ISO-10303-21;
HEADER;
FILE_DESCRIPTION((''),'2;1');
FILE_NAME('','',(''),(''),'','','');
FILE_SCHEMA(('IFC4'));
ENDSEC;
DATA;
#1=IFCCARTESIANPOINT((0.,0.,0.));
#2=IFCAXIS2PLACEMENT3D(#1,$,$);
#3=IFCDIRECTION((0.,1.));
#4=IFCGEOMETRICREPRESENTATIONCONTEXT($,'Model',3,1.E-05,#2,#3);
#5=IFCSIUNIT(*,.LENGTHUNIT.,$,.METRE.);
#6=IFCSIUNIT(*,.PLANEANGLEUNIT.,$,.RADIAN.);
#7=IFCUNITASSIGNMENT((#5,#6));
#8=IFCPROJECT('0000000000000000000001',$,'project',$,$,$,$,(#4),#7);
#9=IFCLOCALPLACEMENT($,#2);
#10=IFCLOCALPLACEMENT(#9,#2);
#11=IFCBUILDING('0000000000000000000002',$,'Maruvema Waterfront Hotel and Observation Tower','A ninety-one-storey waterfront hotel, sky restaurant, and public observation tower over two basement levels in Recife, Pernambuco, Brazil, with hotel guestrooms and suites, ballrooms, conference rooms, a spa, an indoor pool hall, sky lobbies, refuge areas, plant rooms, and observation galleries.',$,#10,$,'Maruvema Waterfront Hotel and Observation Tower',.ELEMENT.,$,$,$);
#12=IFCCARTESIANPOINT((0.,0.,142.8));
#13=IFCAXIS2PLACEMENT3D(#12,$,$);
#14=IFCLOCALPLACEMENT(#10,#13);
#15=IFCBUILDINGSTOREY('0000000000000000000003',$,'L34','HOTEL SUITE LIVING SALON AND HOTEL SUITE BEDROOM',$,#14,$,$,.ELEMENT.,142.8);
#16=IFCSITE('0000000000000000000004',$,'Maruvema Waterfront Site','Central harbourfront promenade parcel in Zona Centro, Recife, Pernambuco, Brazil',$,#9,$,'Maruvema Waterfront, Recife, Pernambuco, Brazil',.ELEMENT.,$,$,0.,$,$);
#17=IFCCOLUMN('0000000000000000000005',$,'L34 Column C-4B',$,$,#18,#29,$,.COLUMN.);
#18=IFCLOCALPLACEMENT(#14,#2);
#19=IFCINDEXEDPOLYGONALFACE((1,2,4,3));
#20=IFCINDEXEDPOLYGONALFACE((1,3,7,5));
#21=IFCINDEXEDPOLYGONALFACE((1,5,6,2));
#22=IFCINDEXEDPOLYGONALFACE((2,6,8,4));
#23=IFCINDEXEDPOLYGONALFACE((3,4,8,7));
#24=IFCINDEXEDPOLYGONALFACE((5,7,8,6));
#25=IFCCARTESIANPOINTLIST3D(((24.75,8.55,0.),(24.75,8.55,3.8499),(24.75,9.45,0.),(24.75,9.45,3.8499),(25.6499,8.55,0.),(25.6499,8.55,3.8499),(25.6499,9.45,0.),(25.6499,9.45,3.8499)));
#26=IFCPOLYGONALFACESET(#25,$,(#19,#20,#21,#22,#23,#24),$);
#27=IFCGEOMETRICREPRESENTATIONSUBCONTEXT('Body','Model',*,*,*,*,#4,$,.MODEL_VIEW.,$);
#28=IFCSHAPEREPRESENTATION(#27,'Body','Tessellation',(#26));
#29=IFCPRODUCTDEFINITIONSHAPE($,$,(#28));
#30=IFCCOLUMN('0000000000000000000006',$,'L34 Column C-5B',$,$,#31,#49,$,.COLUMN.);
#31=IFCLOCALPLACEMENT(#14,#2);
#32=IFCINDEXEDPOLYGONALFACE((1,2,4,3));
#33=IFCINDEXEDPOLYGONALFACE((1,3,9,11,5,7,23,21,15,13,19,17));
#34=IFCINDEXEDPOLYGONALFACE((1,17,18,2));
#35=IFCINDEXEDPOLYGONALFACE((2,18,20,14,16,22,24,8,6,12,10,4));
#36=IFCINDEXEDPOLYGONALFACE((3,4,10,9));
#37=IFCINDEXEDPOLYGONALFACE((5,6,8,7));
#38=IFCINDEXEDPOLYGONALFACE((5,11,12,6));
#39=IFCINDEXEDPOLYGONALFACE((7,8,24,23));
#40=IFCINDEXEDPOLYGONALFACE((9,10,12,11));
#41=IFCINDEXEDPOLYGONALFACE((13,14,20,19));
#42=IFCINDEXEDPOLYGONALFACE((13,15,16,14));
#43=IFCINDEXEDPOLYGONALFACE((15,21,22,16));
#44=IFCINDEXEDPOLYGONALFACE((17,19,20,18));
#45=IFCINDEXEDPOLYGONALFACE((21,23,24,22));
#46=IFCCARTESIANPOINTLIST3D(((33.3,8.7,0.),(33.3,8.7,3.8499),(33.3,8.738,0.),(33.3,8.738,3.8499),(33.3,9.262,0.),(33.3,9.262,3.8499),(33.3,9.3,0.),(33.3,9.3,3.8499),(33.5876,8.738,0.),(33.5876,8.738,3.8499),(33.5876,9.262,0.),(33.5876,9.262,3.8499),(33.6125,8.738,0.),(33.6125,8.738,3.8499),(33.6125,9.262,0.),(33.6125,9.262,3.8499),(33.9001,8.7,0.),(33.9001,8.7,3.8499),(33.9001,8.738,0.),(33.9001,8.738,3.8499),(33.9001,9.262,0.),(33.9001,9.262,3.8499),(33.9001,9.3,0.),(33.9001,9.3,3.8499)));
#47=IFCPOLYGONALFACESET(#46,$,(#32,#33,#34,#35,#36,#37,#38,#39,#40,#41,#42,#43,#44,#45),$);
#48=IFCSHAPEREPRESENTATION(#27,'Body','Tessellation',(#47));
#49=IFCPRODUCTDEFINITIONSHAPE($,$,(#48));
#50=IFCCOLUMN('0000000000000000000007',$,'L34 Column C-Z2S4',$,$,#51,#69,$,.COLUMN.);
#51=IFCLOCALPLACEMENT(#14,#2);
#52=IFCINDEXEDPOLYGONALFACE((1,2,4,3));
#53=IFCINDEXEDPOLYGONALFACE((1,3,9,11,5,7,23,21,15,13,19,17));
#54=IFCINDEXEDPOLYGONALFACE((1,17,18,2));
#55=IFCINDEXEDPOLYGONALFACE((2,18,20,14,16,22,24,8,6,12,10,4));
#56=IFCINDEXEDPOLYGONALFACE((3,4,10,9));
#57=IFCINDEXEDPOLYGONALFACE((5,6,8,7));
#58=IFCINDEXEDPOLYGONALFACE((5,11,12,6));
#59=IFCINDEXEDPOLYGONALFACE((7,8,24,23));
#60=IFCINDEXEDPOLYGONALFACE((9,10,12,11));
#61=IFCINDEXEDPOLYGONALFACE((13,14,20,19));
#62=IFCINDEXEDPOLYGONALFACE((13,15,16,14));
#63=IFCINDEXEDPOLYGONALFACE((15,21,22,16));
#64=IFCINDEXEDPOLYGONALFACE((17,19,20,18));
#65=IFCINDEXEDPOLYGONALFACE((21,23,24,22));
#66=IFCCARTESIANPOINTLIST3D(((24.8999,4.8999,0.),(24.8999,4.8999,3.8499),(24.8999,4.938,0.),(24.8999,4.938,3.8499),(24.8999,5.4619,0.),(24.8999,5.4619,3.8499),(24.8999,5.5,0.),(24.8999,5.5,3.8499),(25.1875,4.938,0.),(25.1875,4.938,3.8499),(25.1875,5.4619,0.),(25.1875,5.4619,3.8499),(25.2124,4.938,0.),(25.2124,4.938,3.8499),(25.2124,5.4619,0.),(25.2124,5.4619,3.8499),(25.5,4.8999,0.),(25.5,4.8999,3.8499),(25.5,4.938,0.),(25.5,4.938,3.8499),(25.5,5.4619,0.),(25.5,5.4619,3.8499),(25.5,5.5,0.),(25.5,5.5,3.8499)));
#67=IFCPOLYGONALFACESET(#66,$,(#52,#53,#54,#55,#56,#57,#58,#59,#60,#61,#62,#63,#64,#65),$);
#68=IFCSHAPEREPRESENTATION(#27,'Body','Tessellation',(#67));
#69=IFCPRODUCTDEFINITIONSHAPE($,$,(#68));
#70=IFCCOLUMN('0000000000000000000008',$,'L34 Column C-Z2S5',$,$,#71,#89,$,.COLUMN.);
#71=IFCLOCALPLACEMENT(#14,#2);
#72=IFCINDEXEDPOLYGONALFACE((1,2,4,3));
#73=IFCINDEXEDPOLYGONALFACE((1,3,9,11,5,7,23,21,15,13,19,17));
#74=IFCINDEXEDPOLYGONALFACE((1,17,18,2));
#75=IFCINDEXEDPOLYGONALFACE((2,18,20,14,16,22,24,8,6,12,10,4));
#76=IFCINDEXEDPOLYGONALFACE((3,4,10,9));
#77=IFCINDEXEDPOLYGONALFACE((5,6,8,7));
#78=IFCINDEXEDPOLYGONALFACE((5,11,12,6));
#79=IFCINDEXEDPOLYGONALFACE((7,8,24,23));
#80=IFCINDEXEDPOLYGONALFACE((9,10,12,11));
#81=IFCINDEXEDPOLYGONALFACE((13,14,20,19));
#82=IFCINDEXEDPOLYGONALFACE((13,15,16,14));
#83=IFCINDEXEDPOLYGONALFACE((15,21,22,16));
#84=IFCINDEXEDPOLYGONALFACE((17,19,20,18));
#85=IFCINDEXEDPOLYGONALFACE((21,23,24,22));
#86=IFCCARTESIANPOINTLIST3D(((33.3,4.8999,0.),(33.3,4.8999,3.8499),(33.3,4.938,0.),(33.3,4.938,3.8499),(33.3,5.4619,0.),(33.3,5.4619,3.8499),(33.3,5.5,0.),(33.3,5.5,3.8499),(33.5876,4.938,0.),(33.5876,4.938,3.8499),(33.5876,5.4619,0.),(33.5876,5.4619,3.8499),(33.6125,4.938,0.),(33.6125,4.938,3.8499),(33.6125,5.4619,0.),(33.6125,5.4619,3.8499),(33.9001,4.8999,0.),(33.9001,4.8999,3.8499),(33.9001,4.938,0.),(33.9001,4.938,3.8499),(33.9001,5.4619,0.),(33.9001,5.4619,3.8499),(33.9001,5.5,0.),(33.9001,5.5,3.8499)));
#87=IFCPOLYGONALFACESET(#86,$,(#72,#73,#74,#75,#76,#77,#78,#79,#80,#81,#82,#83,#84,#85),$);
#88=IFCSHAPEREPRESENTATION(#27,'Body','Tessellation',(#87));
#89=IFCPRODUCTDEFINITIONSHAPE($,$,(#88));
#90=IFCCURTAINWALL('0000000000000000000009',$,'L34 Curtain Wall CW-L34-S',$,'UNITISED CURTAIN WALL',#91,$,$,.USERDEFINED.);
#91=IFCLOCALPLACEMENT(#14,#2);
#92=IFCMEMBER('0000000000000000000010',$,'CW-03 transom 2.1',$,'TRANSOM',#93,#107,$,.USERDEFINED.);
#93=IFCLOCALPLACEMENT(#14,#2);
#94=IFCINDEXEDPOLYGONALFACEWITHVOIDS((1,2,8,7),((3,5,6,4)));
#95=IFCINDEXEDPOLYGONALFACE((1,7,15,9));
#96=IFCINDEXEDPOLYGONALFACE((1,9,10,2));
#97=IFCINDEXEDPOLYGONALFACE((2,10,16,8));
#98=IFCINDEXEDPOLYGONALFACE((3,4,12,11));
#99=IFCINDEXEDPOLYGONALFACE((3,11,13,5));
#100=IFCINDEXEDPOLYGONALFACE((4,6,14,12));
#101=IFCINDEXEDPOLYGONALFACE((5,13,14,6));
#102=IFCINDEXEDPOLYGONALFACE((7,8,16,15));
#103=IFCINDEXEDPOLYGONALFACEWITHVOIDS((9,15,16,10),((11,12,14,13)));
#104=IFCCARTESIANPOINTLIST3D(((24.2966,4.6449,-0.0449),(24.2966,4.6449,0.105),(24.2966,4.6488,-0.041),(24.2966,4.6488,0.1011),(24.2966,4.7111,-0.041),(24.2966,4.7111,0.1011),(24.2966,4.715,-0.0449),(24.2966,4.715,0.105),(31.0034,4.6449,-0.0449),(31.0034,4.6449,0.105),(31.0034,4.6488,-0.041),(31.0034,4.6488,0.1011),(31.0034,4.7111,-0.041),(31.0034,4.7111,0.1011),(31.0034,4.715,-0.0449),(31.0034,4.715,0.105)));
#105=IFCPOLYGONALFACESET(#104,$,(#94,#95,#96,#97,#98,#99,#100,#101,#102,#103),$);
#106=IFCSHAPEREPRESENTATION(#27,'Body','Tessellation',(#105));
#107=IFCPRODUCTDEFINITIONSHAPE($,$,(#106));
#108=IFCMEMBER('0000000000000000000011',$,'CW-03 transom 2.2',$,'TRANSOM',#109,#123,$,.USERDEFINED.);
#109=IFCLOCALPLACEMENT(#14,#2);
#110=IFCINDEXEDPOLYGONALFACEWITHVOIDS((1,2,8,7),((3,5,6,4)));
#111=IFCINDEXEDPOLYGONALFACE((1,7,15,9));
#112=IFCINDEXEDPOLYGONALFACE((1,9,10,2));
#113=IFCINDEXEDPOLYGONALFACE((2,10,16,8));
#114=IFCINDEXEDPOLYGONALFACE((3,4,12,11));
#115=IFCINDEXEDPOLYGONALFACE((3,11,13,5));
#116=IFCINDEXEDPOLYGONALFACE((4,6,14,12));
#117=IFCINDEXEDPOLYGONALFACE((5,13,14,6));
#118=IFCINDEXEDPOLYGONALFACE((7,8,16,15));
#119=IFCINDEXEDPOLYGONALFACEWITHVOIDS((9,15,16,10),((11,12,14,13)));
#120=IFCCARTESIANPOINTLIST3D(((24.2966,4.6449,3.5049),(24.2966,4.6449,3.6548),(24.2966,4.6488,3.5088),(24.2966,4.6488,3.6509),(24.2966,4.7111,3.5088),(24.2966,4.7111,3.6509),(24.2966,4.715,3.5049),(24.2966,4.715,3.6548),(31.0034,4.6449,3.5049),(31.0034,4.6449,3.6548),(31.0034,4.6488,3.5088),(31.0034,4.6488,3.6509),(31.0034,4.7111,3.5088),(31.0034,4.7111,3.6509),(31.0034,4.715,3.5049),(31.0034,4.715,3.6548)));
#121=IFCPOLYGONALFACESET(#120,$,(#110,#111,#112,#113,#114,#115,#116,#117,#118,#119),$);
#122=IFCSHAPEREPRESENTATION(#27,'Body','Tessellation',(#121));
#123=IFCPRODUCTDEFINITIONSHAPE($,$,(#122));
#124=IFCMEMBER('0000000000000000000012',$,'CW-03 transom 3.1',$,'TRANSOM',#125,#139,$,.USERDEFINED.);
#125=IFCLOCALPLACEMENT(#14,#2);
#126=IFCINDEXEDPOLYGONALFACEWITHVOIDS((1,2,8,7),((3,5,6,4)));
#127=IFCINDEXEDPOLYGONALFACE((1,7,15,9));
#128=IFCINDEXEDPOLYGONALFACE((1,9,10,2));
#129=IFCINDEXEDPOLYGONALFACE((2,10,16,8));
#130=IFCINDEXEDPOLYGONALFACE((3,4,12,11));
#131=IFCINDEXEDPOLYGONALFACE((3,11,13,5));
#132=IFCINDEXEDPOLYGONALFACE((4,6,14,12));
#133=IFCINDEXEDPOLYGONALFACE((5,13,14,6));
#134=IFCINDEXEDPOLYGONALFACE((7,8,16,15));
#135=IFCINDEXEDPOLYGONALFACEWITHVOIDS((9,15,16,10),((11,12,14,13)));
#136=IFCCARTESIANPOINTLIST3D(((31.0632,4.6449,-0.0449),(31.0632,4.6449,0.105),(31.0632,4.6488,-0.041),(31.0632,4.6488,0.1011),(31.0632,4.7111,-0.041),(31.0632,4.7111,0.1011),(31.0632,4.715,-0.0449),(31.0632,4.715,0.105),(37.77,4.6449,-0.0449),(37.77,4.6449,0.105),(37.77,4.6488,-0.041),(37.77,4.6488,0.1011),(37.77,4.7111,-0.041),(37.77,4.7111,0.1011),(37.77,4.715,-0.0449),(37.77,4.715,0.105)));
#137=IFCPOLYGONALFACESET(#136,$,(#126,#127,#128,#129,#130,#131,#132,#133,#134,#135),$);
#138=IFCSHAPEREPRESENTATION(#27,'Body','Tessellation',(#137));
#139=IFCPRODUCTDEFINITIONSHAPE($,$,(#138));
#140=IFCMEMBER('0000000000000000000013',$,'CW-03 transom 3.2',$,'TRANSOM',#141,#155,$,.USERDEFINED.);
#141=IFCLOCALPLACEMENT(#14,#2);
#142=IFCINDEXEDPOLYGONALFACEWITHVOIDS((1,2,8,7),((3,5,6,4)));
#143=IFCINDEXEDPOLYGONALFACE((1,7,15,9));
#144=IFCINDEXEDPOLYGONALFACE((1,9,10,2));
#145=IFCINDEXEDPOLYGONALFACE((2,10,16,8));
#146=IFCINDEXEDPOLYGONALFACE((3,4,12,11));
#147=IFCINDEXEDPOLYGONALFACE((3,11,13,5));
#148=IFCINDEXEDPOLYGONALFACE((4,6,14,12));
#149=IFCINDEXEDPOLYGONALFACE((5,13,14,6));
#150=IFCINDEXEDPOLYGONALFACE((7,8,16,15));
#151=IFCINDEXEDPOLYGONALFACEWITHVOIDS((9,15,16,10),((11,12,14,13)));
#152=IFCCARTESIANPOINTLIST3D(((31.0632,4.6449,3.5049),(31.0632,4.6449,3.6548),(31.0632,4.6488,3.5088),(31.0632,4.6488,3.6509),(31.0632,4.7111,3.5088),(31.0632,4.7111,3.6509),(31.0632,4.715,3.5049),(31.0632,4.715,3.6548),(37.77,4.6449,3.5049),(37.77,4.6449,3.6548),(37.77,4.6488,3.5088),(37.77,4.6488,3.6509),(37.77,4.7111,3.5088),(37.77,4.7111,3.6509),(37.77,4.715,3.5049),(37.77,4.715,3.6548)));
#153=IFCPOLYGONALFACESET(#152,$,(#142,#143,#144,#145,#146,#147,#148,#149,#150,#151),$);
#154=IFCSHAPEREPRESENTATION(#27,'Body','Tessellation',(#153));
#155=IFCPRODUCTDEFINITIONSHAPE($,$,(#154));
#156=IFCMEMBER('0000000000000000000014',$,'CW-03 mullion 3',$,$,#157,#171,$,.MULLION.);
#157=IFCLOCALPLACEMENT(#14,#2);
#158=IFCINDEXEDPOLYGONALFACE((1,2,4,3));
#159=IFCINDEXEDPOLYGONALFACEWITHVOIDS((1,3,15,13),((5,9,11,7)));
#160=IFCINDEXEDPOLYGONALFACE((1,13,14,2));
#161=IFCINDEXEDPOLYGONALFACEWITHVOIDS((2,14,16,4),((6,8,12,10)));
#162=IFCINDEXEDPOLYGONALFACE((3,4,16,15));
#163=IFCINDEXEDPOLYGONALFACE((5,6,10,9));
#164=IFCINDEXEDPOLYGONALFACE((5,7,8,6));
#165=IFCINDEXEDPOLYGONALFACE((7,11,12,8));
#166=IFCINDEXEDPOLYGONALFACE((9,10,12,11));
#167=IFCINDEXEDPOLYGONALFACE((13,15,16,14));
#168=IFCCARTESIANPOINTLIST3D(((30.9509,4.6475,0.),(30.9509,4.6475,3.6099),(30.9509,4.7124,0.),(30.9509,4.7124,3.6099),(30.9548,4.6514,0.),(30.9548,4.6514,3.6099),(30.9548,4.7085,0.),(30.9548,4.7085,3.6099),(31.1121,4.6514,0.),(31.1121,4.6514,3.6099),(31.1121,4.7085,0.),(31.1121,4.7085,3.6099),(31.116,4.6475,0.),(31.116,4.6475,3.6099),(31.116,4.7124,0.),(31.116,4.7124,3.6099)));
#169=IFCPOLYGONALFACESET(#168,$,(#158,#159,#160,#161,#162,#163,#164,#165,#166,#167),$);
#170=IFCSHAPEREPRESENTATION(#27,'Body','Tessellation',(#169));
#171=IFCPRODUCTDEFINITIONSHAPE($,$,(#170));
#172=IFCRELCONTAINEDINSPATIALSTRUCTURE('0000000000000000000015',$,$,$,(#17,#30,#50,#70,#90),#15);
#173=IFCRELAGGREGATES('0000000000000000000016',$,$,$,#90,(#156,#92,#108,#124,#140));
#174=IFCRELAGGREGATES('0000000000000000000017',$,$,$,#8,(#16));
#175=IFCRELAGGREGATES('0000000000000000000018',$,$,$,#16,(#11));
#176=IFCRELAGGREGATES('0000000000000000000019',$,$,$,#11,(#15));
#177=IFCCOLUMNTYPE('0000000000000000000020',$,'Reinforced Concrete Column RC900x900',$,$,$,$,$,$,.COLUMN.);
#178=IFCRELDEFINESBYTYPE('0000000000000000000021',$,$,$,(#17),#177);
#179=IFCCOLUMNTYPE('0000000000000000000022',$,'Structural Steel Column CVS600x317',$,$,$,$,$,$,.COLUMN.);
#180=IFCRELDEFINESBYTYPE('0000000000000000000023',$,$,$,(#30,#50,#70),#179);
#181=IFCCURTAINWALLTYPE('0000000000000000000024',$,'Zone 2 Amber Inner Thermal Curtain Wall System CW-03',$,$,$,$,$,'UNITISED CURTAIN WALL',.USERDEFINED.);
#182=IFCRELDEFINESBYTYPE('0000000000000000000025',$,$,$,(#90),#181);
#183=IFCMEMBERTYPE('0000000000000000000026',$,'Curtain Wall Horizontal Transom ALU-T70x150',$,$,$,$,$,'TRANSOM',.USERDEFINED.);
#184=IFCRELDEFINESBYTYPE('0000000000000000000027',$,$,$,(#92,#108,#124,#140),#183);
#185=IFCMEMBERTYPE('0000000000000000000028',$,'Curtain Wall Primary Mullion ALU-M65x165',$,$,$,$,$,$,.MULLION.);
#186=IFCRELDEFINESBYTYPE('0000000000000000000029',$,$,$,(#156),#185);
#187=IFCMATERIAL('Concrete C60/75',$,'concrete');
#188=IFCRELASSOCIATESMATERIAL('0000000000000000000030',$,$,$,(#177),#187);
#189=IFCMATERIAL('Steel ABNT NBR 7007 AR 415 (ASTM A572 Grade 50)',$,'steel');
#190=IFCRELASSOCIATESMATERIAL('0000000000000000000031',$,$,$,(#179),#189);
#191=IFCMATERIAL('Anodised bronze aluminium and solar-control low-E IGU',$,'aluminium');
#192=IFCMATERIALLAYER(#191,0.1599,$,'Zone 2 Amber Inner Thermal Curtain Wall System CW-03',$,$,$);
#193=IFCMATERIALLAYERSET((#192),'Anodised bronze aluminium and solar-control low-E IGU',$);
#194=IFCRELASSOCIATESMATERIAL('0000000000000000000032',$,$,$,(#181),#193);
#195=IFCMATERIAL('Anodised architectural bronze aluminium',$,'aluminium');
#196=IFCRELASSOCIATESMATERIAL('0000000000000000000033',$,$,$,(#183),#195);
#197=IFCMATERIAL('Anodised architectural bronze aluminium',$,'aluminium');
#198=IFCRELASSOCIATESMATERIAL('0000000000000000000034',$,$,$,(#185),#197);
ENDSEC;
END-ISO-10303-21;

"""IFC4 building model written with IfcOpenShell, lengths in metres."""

from ifc_helpers import new_model, si_unit, direction, frame, origin, origin_2d, place, context, subcontext, project, spatial, rectangle, hollow_rectangle, i_section, extrude, material, layer, layer_set, material_profile, profile_set, type_object, element, aggregate, save


model = new_model("IFC4")

# Units and contexts
model_context = context("Model", 3, precision=1e-05, world=origin(), true_north=direction((0.0, 1.0)))
body_context = subcontext(model_context, "Body", "Model", "MODEL_VIEW")
ifc_project = project(units=[si_unit("LENGTHUNIT", "METRE"), si_unit("PLANEANGLEUNIT", "RADIAN")], contexts=[model_context])

# Site, building, storey
site_placement = place(None, origin())
site = spatial("IfcSite", under=ifc_project, at=site_placement, Name="Maruvema Waterfront Site", Description="Central harbourfront promenade parcel in Zona Centro, Recife, Pernambuco, Brazil", LongName="Maruvema Waterfront, Recife, Pernambuco, Brazil", CompositionType="ELEMENT", RefElevation=0.0)
building_placement = place(site_placement, origin())
building = spatial("IfcBuilding", under=site, at=building_placement, Name="Maruvema Waterfront Hotel and Observation Tower", Description="A ninety-one-storey waterfront hotel, sky restaurant, and public observation tower over two basement levels in Recife, Pernambuco, Brazil, with hotel guestrooms and suites, ballrooms, conference rooms, a spa, an indoor pool hall, sky lobbies, refuge areas, plant rooms, and observation galleries.", LongName="Maruvema Waterfront Hotel and Observation Tower", CompositionType="ELEMENT")
storey_placement = place(building_placement, frame((0.0, 0.0, 142.8)))
storey = spatial("IfcBuildingStorey", under=building, at=storey_placement, Name="L34", Description="HOTEL SUITE LIVING SALON AND HOTEL SUITE BEDROOM", CompositionType="ELEMENT", Elevation=142.8)

# Columns
ifc_material_1 = material(Name="Concrete C60/75", Category="concrete")
ifc_material_profile_1 = material_profile(ifc_material_1, rectangle(XDim=0.8999, YDim=0.8999, at=origin_2d()), Name="RC900x900")
ifc_profile_set_1 = profile_set([ifc_material_profile_1], Name="Concrete C60/75")
column_type_1 = type_object("IfcColumnType", Name="Reinforced Concrete Column RC900x900", PredefinedType="COLUMN", material=ifc_profile_set_1)
column_placement = place(storey_placement, frame((25.2, 9.0, 0.0), z_axis=(0.0, 0.0, 1.0), x_axis=(1.0, 0.0, 0.0)))
element("IfcColumn", 1, at=column_placement, inside=storey, type_object=column_type_1, Name="L34 Column C-4B", PredefinedType="COLUMN", context=body_context, shape_type="SweptSolid", body=[
    extrude(rectangle(XDim=0.8999, YDim=0.8999, at=origin_2d()), origin(), (0.0, 0.0, 1.0), 3.8499),
])
ifc_material_2 = material(Name="Steel ABNT NBR 7007 AR 415 (ASTM A572 Grade 50)", Category="steel")
ifc_material_profile_2 = material_profile(ifc_material_2, i_section(OverallWidth=0.6001, OverallDepth=0.6001, WebThickness=0.0249, FlangeThickness=0.0381, at=origin_2d()), Name="CVS600x317")
ifc_profile_set_2 = profile_set([ifc_material_profile_2], Name="Steel ABNT NBR 7007 AR 415 (ASTM A572 Grade 50)")
column_type_2 = type_object("IfcColumnType", Name="Structural Steel Column CVS600x317", PredefinedType="COLUMN", material=ifc_profile_set_2)
for number, where, z_axis, x_axis, name in (
    (2, (33.6001, 9.0, 0.0), (0.0, 0.0, 1.0), (1.0, 0.0, 0.0), "L34 Column C-5B"),
    (3, (25.2, 5.2, 0.0), (0.0, 0.0, 1.0), (1.0, 0.0, 0.0), "L34 Column C-Z2S4"),
    (4, (33.6001, 5.2, 0.0), (0.0, 0.0, 1.0), (1.0, 0.0, 0.0), "L34 Column C-Z2S5"),
):
    element("IfcColumn", number, at=place(storey_placement, frame(where, z_axis=z_axis, x_axis=x_axis)), inside=storey, type_object=column_type_2, Name=name, PredefinedType="COLUMN", context=body_context, shape_type="SweptSolid", body=[
        extrude(i_section(OverallWidth=0.6001, OverallDepth=0.6001, WebThickness=0.0249, FlangeThickness=0.0381, at=origin_2d()), origin(), (0.0, 0.0, 1.0), 3.8499),
    ])

# Curtain wall, members
ifc_material_3 = material(Name="Anodised bronze aluminium and solar-control low-E IGU", Category="aluminium")
ifc_layer_1 = layer(ifc_material_3, 0.1599, Name="Zone 2 Amber Inner Thermal Curtain Wall System CW-03")
ifc_layer_set_1 = layer_set([ifc_layer_1], Name="Anodised bronze aluminium and solar-control low-E IGU")
curtain_wall_type = type_object("IfcCurtainWallType", Name="Zone 2 Amber Inner Thermal Curtain Wall System CW-03", ElementType="UNITISED CURTAIN WALL", PredefinedType="USERDEFINED", material=ifc_layer_set_1)
curtain_wall_placement = place(storey_placement, origin())
curtain_wall = element("IfcCurtainWall", 5, at=curtain_wall_placement, inside=storey, type_object=curtain_wall_type, Name="L34 Curtain Wall CW-L34-S", ObjectType="UNITISED CURTAIN WALL", PredefinedType="USERDEFINED")
ifc_material_4 = material(Name="Anodised architectural bronze aluminium", Category="aluminium")
ifc_material_profile_3 = material_profile(ifc_material_4, hollow_rectangle(XDim=0.0701, YDim=0.1499, WallThickness=0.0039, at=origin_2d()), Name="ALU-T70x150")
ifc_profile_set_3 = profile_set([ifc_material_profile_3], Name="Anodised architectural bronze aluminium")
member_type_1 = type_object("IfcMemberType", Name="Curtain Wall Horizontal Transom ALU-T70x150", ElementType="TRANSOM", PredefinedType="USERDEFINED", material=ifc_profile_set_3)
member_1_placement = place(storey_placement, frame((24.2966, 4.6799, 0.03), z_axis=(1.0, 0.0, 0.0), x_axis=(0.0, 1.0, 0.0)))
member_1 = element("IfcMember", 6, at=member_1_placement, type_object=member_type_1, Name="CW-03 transom 2.1", ObjectType="TRANSOM", PredefinedType="USERDEFINED", context=body_context, shape_type="SweptSolid", body=[
    extrude(hollow_rectangle(XDim=0.0701, YDim=0.1499, WallThickness=0.0039, at=origin_2d()), origin(), (0.0, 0.0, 1.0), 6.7068),
])
member_2_placement = place(storey_placement, frame((24.2966, 4.6799, 3.5798), z_axis=(1.0, 0.0, 0.0), x_axis=(0.0, 1.0, 0.0)))
member_2 = element("IfcMember", 7, at=member_2_placement, type_object=member_type_1, Name="CW-03 transom 2.2", ObjectType="TRANSOM", PredefinedType="USERDEFINED", context=body_context, shape_type="SweptSolid", body=[
    extrude(hollow_rectangle(XDim=0.0701, YDim=0.1499, WallThickness=0.0039, at=origin_2d()), origin(), (0.0, 0.0, 1.0), 6.7068),
])
member_3_placement = place(storey_placement, frame((31.0632, 4.6799, 0.03), z_axis=(1.0, 0.0, 0.0), x_axis=(0.0, 1.0, 0.0)))
member_3 = element("IfcMember", 8, at=member_3_placement, type_object=member_type_1, Name="CW-03 transom 3.1", ObjectType="TRANSOM", PredefinedType="USERDEFINED", context=body_context, shape_type="SweptSolid", body=[
    extrude(hollow_rectangle(XDim=0.0701, YDim=0.1499, WallThickness=0.0039, at=origin_2d()), origin(), (0.0, 0.0, 1.0), 6.7068),
])
member_4_placement = place(storey_placement, frame((31.0632, 4.6799, 3.5798), z_axis=(1.0, 0.0, 0.0), x_axis=(0.0, 1.0, 0.0)))
member_4 = element("IfcMember", 9, at=member_4_placement, type_object=member_type_1, Name="CW-03 transom 3.2", ObjectType="TRANSOM", PredefinedType="USERDEFINED", context=body_context, shape_type="SweptSolid", body=[
    extrude(hollow_rectangle(XDim=0.0701, YDim=0.1499, WallThickness=0.0039, at=origin_2d()), origin(), (0.0, 0.0, 1.0), 6.7068),
])
ifc_material_5 = material(Name="Anodised architectural bronze aluminium", Category="aluminium")
ifc_material_profile_4 = material_profile(ifc_material_5, hollow_rectangle(XDim=0.0649, YDim=0.165, WallThickness=0.0039, at=origin_2d()), Name="ALU-M65x165")
ifc_profile_set_4 = profile_set([ifc_material_profile_4], Name="Anodised architectural bronze aluminium")
member_type_2 = type_object("IfcMemberType", Name="Curtain Wall Primary Mullion ALU-M65x165", PredefinedType="MULLION", material=ifc_profile_set_4)
member_5_placement = place(storey_placement, frame((31.0334, 4.6799, 0.0), z_axis=(0.0, 0.0, 1.0), x_axis=(0.0, 1.0, 0.0)))
member_5 = element("IfcMember", 10, at=member_5_placement, type_object=member_type_2, Name="CW-03 mullion 3", PredefinedType="MULLION", context=body_context, shape_type="SweptSolid", body=[
    extrude(hollow_rectangle(XDim=0.0649, YDim=0.165, WallThickness=0.0039, at=origin_2d()), origin(), (0.0, 0.0, 1.0), 3.6099),
])

aggregate(curtain_wall, [member_5, member_1, member_2, member_3, member_4])

save(model, "model.ifc")
